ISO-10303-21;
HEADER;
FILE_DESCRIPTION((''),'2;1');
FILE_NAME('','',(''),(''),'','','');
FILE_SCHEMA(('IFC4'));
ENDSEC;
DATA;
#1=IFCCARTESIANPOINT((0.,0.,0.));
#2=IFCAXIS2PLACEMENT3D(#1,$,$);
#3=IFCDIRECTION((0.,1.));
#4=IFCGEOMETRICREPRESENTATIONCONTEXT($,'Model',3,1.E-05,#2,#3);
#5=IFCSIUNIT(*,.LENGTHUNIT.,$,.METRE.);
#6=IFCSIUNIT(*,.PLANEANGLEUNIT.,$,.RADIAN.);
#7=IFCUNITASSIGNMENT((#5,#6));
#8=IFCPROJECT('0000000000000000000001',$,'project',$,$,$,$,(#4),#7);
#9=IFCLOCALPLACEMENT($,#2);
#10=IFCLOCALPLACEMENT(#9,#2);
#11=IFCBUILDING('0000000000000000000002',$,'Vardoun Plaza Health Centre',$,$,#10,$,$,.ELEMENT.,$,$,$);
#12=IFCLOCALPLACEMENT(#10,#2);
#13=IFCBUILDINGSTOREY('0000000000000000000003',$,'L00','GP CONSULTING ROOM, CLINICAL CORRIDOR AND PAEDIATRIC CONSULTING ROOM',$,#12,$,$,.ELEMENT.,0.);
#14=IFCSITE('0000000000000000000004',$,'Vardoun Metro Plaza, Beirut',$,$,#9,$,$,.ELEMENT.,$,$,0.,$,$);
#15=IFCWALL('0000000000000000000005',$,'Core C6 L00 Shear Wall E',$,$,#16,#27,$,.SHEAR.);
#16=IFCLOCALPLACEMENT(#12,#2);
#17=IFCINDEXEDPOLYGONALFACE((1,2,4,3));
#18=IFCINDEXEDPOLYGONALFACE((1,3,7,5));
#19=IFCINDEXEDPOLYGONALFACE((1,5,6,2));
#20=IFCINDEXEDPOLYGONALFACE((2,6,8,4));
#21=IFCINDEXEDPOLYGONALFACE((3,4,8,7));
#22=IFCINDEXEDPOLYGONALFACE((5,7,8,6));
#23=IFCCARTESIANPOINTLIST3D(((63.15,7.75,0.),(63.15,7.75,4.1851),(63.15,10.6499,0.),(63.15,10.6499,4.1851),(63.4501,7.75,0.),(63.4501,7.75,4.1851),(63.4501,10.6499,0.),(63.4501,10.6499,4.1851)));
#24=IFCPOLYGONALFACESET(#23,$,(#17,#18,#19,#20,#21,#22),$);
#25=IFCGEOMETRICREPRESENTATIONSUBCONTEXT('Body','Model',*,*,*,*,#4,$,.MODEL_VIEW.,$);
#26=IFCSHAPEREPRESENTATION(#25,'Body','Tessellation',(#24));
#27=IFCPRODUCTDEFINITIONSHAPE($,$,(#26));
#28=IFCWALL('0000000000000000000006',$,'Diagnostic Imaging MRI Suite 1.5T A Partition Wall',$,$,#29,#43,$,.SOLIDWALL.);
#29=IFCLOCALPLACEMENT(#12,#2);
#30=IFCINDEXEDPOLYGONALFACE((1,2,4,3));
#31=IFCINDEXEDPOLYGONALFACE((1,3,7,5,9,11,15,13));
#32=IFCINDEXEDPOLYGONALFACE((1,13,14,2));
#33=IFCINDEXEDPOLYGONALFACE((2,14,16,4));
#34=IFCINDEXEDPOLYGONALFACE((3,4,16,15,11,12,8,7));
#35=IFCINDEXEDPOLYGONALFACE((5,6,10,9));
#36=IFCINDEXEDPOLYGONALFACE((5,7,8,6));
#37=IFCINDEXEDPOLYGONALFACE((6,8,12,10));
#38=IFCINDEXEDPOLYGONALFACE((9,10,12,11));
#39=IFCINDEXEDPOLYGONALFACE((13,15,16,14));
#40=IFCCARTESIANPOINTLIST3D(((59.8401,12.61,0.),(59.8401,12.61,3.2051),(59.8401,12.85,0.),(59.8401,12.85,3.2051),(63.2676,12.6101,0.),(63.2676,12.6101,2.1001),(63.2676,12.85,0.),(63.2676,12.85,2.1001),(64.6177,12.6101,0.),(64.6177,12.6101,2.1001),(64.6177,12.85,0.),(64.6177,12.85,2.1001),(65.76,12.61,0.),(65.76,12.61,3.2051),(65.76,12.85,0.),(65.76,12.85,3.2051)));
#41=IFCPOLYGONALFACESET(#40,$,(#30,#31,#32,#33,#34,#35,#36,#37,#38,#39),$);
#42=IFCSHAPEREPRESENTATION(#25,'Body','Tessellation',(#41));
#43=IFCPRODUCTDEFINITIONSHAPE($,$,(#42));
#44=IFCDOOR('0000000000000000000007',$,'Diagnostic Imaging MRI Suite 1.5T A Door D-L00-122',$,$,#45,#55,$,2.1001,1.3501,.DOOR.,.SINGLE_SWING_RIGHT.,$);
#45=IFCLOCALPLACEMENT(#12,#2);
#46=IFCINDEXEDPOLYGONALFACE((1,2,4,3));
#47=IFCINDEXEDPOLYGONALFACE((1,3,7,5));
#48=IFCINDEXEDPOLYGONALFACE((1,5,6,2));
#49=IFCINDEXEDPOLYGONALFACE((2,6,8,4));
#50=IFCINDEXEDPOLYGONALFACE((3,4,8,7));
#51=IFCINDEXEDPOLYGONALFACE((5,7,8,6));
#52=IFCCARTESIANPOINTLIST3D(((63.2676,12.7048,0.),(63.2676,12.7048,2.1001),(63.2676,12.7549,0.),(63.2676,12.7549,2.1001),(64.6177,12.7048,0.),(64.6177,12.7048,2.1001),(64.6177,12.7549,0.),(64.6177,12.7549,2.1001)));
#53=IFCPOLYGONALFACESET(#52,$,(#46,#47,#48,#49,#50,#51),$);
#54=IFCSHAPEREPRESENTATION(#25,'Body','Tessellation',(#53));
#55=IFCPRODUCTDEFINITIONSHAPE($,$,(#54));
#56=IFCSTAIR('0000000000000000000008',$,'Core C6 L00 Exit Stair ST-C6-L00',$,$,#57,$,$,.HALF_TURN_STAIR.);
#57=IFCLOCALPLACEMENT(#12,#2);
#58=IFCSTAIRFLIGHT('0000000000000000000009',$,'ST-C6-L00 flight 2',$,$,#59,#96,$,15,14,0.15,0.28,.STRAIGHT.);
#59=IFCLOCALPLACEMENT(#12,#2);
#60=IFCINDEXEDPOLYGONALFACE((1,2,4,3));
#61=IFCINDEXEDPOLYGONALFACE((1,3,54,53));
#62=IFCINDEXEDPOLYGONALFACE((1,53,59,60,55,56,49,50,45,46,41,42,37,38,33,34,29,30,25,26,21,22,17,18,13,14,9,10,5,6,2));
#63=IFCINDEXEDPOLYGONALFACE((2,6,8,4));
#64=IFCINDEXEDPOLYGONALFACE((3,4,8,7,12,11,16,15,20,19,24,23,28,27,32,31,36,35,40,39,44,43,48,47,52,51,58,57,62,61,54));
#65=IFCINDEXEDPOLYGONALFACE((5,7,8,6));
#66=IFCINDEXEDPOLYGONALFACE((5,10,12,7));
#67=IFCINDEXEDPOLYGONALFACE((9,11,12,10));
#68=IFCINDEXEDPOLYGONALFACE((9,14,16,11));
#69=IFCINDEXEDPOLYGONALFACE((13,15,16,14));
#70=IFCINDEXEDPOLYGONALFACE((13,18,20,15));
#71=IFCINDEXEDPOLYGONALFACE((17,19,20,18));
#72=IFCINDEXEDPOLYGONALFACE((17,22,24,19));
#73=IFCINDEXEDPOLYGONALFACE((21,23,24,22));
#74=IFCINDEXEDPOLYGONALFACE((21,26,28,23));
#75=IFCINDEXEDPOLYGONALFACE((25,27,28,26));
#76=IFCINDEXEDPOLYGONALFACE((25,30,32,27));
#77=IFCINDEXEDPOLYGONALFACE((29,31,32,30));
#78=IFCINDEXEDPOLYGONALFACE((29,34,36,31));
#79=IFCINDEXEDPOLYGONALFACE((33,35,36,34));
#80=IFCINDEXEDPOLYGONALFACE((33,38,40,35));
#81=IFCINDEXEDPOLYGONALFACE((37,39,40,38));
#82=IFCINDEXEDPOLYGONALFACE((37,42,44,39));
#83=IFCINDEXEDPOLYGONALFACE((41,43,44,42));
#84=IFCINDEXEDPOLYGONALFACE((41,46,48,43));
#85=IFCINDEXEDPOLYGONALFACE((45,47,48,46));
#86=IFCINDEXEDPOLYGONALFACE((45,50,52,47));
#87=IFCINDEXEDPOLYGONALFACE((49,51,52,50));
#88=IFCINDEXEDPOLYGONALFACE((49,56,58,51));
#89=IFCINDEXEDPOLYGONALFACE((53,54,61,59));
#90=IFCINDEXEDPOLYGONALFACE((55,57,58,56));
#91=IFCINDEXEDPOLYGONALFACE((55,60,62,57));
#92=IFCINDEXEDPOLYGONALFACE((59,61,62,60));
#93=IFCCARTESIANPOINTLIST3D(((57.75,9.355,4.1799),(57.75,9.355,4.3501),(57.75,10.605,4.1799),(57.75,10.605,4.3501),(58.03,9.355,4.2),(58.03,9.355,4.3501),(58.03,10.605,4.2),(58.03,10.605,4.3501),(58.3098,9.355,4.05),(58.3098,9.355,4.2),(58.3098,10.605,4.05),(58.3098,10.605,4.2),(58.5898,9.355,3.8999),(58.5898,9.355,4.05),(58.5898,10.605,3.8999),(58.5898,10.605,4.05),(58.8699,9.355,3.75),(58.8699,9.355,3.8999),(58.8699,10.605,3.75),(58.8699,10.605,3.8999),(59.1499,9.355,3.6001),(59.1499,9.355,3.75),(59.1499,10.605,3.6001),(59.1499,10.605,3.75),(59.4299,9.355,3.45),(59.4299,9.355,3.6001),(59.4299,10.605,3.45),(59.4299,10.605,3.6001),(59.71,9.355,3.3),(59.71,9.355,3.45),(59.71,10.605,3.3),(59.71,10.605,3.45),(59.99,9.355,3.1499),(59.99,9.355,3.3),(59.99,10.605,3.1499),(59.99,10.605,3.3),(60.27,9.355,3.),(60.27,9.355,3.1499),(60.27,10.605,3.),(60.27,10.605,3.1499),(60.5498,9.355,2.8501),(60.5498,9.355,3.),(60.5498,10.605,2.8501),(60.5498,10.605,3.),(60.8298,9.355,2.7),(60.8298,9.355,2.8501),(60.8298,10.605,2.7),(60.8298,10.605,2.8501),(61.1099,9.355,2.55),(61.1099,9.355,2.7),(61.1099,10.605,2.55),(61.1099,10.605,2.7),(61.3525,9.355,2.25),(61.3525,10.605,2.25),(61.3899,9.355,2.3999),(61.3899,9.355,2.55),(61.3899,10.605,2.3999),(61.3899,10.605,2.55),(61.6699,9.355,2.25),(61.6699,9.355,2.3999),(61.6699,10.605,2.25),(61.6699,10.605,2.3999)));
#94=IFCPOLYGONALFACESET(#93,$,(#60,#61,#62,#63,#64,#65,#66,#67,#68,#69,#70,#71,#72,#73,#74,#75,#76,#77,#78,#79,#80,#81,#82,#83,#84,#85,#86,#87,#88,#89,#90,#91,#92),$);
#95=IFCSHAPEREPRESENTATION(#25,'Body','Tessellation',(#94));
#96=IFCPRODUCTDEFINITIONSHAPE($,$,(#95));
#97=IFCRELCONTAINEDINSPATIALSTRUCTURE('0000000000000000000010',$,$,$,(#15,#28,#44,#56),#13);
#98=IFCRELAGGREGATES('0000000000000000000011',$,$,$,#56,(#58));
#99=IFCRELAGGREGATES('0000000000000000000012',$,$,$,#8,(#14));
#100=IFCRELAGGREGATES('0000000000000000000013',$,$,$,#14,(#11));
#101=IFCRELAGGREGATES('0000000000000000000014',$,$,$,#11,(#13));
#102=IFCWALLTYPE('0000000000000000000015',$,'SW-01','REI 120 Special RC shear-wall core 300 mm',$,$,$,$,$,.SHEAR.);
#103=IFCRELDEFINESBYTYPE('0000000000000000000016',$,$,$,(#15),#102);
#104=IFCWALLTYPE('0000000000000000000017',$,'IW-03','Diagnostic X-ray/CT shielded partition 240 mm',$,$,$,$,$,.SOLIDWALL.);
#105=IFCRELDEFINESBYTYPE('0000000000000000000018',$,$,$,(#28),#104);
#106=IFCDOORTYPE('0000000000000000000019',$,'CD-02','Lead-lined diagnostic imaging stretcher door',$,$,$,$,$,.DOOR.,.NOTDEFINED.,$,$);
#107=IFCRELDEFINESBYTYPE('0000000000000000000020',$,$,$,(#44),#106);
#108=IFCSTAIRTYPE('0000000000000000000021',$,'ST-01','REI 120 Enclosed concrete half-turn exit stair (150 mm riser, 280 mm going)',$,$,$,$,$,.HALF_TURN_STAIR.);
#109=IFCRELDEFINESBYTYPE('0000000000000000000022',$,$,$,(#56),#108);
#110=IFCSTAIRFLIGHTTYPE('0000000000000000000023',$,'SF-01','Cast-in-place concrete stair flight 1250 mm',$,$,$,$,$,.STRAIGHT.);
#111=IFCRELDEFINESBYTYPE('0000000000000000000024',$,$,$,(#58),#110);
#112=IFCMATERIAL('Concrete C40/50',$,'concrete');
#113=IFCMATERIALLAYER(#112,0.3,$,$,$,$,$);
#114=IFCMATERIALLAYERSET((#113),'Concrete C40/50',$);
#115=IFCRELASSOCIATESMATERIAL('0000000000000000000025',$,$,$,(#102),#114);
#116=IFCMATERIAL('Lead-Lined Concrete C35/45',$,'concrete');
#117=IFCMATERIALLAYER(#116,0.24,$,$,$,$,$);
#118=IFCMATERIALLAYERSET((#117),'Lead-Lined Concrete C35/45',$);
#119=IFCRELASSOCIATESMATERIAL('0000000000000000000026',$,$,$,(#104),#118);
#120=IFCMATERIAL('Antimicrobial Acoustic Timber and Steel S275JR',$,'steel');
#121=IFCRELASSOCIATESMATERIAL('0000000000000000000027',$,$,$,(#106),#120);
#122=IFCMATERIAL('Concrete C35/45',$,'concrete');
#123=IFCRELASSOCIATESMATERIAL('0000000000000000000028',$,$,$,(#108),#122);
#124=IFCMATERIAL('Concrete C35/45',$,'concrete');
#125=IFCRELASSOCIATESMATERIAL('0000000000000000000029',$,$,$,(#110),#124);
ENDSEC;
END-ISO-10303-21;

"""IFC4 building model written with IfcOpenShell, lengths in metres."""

from ifc_helpers import new_model, si_unit, direction, frame, frame_2d, origin, place, context, subcontext, project, spatial, polyline, rectangle, outline, extrude, material, layer, layer_set, type_object, element, fill, aggregate, save


model = new_model("IFC4")

# Units and contexts
model_context = context("Model", 3, precision=1e-05, world=origin(), true_north=direction((0.0, 1.0)))
body_context = subcontext(model_context, "Body", "Model", "MODEL_VIEW")
ifc_project = project(units=[si_unit("LENGTHUNIT", "METRE"), si_unit("PLANEANGLEUNIT", "RADIAN")], contexts=[model_context])

# Site, building, storey
site_placement = place(None, origin())
site = spatial("IfcSite", under=ifc_project, at=site_placement, Name="Vardoun Metro Plaza, Beirut", CompositionType="ELEMENT", RefElevation=0.0)
building_placement = place(site_placement, origin())
building = spatial("IfcBuilding", under=site, at=building_placement, Name="Vardoun Plaza Health Centre", CompositionType="ELEMENT")
storey_placement = place(building_placement, origin())
storey = spatial("IfcBuildingStorey", under=building, at=storey_placement, Name="L00", Description="GP CONSULTING ROOM, CLINICAL CORRIDOR AND PAEDIATRIC CONSULTING ROOM", CompositionType="ELEMENT", Elevation=0.0)

# Shared definitions
ifc_material_1 = material(Name="Concrete C40/50", Category="concrete")
ifc_layer_1 = layer(ifc_material_1, 0.3)
ifc_layer_set_1 = layer_set([ifc_layer_1], Name="Concrete C40/50")
wall_type_1 = type_object("IfcWallType", Name="SW-01", Description="REI 120 Special RC shear-wall core 300 mm", PredefinedType="SHEAR", material=ifc_layer_set_1)

# Wall
wall_1_placement = place(storey_placement, frame((63.3, 10.6499, 0.0), z_axis=(0.0, 0.0, 1.0), x_axis=(0.0, -1.0, 0.0)))
element("IfcWall", 1, at=wall_1_placement, inside=storey, type_object=wall_type_1, Name="Core C6 L00 Shear Wall E", PredefinedType="SHEAR", context=body_context, shape_type="SweptSolid", body=[
    extrude(rectangle(XDim=2.8999, YDim=0.3, at=frame_2d((1.45, 0.0))), origin(), (0.0, 0.0, 1.0), 4.1851),
])

# Wall, opening, door
ifc_material_2 = material(Name="Lead-Lined Concrete C35/45", Category="concrete")
ifc_layer_2 = layer(ifc_material_2, 0.24)
ifc_layer_set_2 = layer_set([ifc_layer_2], Name="Lead-Lined Concrete C35/45")
wall_type_2 = type_object("IfcWallType", Name="IW-03", Description="Diagnostic X-ray/CT shielded partition 240 mm", PredefinedType="SOLIDWALL", material=ifc_layer_set_2)
wall_2_placement = place(storey_placement, frame((59.8401, 12.73, 0.0), z_axis=(0.0, 0.0, 1.0), x_axis=(1.0, 0.0, 0.0)))
wall_2 = element("IfcWall", 2, at=wall_2_placement, inside=storey, type_object=wall_type_2, Name="Diagnostic Imaging MRI Suite 1.5T A Partition Wall", PredefinedType="SOLIDWALL", context=body_context, shape_type="SweptSolid", body=[
    extrude(rectangle(XDim=5.9199, YDim=0.24, at=frame_2d((2.96, 0.0))), origin(), (0.0, 0.0, 1.0), 3.2051),
])
opening_1_placement = place(wall_2_placement, frame((3.4275, 0.0, 0.0)))
opening_1 = element("IfcOpeningElement", 3, at=opening_1_placement, cuts=wall_2, PredefinedType="OPENING", context=body_context, shape_type="SweptSolid", body=[
    extrude(rectangle(XDim=1.3501, YDim=2.1001, at=frame_2d((0.675, 1.05))), frame((0.0, 0.1201, 0.0), z_axis=(0.0, -1.0, 0.0), x_axis=(1.0, 0.0, 0.0)), (0.0, 0.0, 1.0), 0.24),
])
ifc_material_3 = material(Name="Antimicrobial Acoustic Timber and Steel S275JR", Category="steel")
door_type_1 = type_object("IfcDoorType", Name="CD-02", Description="Lead-lined diagnostic imaging stretcher door", OperationType="NOTDEFINED", PredefinedType="DOOR", material=ifc_material_3)
door_1_placement = place(opening_1_placement, origin())
door_1 = element("IfcDoor", 4, at=door_1_placement, inside=storey, type_object=door_type_1, Name="Diagnostic Imaging MRI Suite 1.5T A Door D-L00-122", OperationType="SINGLE_SWING_RIGHT", OverallHeight=2.1001, OverallWidth=1.3501, PredefinedType="DOOR", context=body_context, shape_type="SweptSolid", body=[
    extrude(rectangle(XDim=1.3501, YDim=2.1001, at=frame_2d((0.675, 1.05))), frame((0.0, 0.0249, 0.0), z_axis=(0.0, -1.0, 0.0), x_axis=(1.0, 0.0, 0.0)), (0.0, 0.0, 1.0), 0.05),
])
fill(opening_1, door_1)

# Stair, stair flight
ifc_material_4 = material(Name="Concrete C35/45", Category="concrete")
stair_type = type_object("IfcStairType", Name="ST-01", Description="REI 120 Enclosed concrete half-turn exit stair (150 mm riser, 280 mm going)", PredefinedType="HALF_TURN_STAIR", material=ifc_material_4)
stair_placement = place(storey_placement, origin())
stair = element("IfcStair", 5, at=stair_placement, inside=storey, type_object=stair_type, Name="Core C6 L00 Exit Stair ST-C6-L00", PredefinedType="HALF_TURN_STAIR")
ifc_material_5 = material(Name="Concrete C35/45", Category="concrete")
stair_flight_type = type_object("IfcStairFlightType", Name="SF-01", Description="Cast-in-place concrete stair flight 1250 mm", PredefinedType="STRAIGHT", material=ifc_material_5)
stair_flight_placement = place(storey_placement, frame((61.6699, 9.98, 2.25), z_axis=(0.0, 0.0, 1.0), x_axis=(-1.0, 0.0, 0.0)))
stair_flight = element("IfcStairFlight", 6, at=stair_flight_placement, type_object=stair_flight_type, Name="ST-C6-L00 flight 2", NumberOfRisers=15, NumberOfTreads=14, PredefinedType="STRAIGHT", RiserHeight=0.15, TreadLength=0.28, context=body_context, shape_type="SweptSolid", body=[
    extrude(outline(polyline([(0.0, 0.0), (0.0, 0.1499), (0.28, 0.1499), (0.28, 0.3), (0.5601, 0.3), (0.5601, 0.45), (0.8401, 0.45), (0.8401, 0.6001), (1.1201, 0.6001), (1.1201, 0.75), (1.3999, 0.75), (1.3999, 0.8999), (1.6799, 0.8999), (1.6799, 1.05), (1.96, 1.05), (1.96, 1.2), (2.24, 1.2), (2.24, 1.3501), (2.52, 1.3501), (2.52, 1.5), (2.8, 1.5), (2.8, 1.6499), (3.0801, 1.6499), (3.0801, 1.8), (3.3601, 1.8), (3.3601, 1.95), (3.6399, 1.95), (3.6399, 2.1001), (3.9199, 2.1001), (3.9199, 2.25), (3.9199, 1.9299), (0.3174, 0.0), (0.0, 0.0)])), frame((0.0, 0.625, 0.0), z_axis=(0.0, -1.0, 0.0), x_axis=(1.0, 0.0, 0.0)), (0.0, 0.0, 1.0), 1.25),
])
aggregate(stair, [stair_flight])

save(model, "model.ifc")
